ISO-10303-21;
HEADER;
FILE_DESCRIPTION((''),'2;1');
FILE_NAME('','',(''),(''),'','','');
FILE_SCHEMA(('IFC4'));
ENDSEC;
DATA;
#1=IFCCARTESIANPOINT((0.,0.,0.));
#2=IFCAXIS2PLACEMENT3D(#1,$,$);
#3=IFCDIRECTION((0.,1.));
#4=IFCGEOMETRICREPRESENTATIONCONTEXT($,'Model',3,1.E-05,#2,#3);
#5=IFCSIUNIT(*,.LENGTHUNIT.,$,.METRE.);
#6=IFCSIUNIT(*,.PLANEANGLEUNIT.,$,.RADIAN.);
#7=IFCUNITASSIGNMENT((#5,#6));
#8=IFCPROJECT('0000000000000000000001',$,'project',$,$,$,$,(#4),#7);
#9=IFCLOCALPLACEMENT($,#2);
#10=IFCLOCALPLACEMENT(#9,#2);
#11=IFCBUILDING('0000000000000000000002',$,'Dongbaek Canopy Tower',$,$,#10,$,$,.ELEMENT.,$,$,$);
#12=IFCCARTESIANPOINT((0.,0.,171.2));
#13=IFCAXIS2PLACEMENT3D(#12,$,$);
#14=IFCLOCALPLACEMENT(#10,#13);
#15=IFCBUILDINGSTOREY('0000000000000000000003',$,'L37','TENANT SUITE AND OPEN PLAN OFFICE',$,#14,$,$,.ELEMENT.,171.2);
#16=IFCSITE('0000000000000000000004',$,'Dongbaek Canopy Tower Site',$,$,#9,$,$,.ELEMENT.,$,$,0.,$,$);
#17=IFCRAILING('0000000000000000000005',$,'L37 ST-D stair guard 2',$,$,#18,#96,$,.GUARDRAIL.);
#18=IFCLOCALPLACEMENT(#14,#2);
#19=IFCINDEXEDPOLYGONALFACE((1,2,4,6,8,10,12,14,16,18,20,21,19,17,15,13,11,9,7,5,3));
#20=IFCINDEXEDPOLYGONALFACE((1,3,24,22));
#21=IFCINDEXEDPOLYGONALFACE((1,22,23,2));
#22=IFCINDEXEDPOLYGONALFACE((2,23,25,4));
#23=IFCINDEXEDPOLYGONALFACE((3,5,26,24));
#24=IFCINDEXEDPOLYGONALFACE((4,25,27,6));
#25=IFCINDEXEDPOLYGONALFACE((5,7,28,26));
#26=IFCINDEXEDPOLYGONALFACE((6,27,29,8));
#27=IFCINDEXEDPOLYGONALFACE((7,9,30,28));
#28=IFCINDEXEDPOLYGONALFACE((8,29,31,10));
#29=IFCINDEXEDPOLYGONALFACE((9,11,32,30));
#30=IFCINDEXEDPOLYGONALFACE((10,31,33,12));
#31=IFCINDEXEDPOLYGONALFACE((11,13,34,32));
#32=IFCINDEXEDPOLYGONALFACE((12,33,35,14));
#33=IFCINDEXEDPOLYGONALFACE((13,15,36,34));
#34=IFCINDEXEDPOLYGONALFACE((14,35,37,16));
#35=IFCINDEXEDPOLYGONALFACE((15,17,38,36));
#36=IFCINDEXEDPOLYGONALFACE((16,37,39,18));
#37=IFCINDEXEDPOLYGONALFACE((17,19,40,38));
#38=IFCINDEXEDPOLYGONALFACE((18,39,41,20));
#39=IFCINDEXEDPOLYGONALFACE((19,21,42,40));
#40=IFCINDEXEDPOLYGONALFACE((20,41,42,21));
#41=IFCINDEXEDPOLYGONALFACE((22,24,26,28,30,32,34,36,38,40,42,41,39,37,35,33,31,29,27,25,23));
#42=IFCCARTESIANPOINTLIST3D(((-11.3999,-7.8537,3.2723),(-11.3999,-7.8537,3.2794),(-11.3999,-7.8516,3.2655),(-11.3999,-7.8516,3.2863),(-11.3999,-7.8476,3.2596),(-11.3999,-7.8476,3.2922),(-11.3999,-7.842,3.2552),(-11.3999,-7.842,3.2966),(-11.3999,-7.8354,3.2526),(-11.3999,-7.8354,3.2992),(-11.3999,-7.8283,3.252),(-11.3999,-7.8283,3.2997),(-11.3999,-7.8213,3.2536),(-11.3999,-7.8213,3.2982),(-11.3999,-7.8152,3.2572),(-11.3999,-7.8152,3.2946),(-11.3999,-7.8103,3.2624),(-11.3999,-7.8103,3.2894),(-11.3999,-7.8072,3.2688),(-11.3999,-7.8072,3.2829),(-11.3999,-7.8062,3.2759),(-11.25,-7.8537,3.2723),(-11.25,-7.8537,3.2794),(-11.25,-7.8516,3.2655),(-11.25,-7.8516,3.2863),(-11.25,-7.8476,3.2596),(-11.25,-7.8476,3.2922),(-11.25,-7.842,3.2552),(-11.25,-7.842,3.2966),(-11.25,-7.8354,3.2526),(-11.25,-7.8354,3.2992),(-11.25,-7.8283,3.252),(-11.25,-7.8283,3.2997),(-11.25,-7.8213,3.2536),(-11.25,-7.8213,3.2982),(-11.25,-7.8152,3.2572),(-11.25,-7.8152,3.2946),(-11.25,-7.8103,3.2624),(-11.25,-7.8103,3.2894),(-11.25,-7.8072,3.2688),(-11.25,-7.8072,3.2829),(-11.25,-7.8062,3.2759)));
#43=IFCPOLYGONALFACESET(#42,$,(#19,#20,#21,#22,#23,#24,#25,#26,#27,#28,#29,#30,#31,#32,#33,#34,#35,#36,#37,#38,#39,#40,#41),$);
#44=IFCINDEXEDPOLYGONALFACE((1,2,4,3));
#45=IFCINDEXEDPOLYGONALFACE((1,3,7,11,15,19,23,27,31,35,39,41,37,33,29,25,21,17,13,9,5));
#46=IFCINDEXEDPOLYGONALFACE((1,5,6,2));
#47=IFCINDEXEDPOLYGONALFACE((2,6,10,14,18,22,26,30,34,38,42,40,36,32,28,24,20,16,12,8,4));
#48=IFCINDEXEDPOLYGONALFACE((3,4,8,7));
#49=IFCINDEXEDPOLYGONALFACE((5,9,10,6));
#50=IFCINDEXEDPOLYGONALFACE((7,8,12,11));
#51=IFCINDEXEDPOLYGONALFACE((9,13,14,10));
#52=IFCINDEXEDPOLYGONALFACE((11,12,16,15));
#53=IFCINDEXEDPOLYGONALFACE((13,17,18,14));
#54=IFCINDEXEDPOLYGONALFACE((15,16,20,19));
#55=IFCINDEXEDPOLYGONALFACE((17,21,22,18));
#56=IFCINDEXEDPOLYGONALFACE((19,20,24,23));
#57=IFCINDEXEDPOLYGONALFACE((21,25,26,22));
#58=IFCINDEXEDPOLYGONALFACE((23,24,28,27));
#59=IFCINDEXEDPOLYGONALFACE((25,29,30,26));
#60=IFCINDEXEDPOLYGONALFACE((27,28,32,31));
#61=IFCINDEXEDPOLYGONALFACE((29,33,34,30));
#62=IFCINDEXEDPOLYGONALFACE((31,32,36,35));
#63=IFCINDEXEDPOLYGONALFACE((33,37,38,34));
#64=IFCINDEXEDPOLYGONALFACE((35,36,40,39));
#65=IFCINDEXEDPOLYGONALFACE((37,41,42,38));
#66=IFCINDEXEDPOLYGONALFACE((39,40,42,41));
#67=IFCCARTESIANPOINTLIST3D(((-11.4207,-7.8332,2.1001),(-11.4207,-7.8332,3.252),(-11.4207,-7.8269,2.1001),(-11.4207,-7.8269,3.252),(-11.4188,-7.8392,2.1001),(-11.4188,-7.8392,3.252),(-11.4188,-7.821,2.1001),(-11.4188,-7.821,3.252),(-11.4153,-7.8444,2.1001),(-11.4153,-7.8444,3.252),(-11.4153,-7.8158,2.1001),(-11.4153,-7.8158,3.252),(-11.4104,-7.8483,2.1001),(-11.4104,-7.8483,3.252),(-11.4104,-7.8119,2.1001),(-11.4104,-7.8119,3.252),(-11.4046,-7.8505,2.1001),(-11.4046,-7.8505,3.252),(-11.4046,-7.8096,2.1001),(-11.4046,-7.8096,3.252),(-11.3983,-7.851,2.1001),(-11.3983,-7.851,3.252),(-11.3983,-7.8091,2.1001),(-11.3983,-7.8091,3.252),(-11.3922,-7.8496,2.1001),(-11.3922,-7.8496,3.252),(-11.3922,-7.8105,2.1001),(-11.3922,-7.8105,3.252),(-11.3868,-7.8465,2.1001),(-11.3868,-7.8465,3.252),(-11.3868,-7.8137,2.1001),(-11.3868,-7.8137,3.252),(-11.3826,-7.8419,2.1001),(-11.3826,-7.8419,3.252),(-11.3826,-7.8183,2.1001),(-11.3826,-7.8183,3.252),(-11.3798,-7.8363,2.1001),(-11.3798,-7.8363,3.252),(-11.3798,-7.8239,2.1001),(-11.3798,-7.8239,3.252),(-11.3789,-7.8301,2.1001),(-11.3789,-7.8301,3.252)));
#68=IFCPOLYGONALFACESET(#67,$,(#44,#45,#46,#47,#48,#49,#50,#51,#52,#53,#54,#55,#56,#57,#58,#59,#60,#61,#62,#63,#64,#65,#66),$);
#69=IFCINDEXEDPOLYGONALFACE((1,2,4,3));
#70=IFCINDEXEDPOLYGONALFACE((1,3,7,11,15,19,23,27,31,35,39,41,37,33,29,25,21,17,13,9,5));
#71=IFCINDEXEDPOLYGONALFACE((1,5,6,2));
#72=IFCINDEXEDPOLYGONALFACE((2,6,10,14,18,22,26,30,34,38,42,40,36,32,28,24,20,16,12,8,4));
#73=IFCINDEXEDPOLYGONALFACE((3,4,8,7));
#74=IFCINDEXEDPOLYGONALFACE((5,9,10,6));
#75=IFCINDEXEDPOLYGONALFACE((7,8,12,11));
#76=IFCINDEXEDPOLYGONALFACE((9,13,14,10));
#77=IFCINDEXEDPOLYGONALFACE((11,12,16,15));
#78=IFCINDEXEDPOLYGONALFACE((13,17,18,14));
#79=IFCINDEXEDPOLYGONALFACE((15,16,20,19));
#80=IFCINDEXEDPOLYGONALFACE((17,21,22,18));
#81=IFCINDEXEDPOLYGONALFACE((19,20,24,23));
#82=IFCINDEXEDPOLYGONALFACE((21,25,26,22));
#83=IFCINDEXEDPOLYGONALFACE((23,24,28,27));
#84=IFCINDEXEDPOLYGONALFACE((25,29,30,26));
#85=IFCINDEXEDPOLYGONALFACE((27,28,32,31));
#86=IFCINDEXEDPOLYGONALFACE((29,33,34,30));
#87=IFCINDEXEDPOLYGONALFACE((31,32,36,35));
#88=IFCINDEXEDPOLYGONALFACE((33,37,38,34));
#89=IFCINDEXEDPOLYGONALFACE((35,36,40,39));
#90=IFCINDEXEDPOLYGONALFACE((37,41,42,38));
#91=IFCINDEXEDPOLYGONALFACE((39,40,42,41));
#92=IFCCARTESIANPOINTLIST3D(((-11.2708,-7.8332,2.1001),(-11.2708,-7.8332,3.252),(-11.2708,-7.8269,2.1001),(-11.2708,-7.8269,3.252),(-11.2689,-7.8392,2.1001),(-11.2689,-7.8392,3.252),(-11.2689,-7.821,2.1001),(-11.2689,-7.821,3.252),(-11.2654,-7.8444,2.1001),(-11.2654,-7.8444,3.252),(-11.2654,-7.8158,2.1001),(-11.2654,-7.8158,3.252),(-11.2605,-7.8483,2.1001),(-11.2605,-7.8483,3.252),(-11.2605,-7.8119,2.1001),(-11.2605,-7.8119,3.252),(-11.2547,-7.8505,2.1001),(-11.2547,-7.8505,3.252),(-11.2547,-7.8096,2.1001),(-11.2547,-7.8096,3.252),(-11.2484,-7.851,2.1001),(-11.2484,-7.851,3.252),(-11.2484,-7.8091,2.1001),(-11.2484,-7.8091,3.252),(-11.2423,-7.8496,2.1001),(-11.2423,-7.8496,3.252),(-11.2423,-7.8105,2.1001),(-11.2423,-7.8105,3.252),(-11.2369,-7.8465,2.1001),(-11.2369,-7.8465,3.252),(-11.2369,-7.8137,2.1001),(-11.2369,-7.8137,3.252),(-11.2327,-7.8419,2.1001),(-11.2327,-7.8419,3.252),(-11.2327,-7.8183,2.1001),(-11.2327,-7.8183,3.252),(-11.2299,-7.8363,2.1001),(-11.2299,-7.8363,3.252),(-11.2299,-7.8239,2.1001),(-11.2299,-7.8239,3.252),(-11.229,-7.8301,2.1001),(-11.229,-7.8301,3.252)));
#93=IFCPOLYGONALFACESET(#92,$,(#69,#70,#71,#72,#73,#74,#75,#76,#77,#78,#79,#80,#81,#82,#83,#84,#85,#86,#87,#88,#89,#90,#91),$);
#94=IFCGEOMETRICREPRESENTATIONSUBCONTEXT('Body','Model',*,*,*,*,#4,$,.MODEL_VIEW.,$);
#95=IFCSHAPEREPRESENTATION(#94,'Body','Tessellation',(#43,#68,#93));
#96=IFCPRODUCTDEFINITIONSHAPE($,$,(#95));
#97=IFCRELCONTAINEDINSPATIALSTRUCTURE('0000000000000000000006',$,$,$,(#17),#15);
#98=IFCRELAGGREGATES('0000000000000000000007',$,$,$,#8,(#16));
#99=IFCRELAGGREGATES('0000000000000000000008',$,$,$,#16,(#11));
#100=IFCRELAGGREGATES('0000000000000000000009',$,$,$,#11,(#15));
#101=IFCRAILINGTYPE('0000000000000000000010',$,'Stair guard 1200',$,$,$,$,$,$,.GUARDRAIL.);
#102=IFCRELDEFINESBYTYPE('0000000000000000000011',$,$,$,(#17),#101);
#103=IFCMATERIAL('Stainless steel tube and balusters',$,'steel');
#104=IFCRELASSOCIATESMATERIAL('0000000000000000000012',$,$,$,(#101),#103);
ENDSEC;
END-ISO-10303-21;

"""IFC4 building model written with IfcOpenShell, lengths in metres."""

from ifc_helpers import new_model, si_unit, direction, frame, origin, origin_2d, place, context, subcontext, project, spatial, circle, extrude, material, type_object, element, save


model = new_model("IFC4")

# Units and contexts
model_context = context("Model", 3, precision=1e-05, world=origin(), true_north=direction((0.0, 1.0)))
body_context = subcontext(model_context, "Body", "Model", "MODEL_VIEW")
ifc_project = project(units=[si_unit("LENGTHUNIT", "METRE"), si_unit("PLANEANGLEUNIT", "RADIAN")], contexts=[model_context])

# Site, building, storey
site_placement = place(None, origin())
site = spatial("IfcSite", under=ifc_project, at=site_placement, Name="Dongbaek Canopy Tower Site", CompositionType="ELEMENT", RefElevation=0.0)
building_placement = place(site_placement, origin())
building = spatial("IfcBuilding", under=site, at=building_placement, Name="Dongbaek Canopy Tower", CompositionType="ELEMENT")
storey_placement = place(building_placement, frame((0.0, 0.0, 171.2)))
storey = spatial("IfcBuildingStorey", under=building, at=storey_placement, Name="L37", Description="TENANT SUITE AND OPEN PLAN OFFICE", CompositionType="ELEMENT", Elevation=171.2)

# Railing
ifc_material_1 = material(Name="Stainless steel tube and balusters", Category="steel")
railing_type_1 = type_object("IfcRailingType", Name="Stair guard 1200", PredefinedType="GUARDRAIL", material=ifc_material_1)
railing_1_placement = place(storey_placement, frame((-11.3999, -7.8301, 2.1001)))
element("IfcRailing", 1, at=railing_1_placement, inside=storey, type_object=railing_type_1, Name="L37 ST-D stair guard 2", PredefinedType="GUARDRAIL", context=body_context, shape_type="SweptSolid", body=[
    extrude(circle(Radius=0.0239, at=origin_2d()), frame((0.0, 0.0, 1.1758), z_axis=(1.0, 0.0, 0.0), x_axis=(0.0, 1.0, 0.0)), (0.0, 0.0, 1.0), 0.1499),
    extrude(circle(Radius=0.021, at=origin_2d()), origin(), (0.0, 0.0, 1.0), 1.1519),
    extrude(circle(Radius=0.021, at=origin_2d()), frame((0.1499, 0.0, 0.0)), (0.0, 0.0, 1.0), 1.1519),
])

save(model, "model.ifc")
